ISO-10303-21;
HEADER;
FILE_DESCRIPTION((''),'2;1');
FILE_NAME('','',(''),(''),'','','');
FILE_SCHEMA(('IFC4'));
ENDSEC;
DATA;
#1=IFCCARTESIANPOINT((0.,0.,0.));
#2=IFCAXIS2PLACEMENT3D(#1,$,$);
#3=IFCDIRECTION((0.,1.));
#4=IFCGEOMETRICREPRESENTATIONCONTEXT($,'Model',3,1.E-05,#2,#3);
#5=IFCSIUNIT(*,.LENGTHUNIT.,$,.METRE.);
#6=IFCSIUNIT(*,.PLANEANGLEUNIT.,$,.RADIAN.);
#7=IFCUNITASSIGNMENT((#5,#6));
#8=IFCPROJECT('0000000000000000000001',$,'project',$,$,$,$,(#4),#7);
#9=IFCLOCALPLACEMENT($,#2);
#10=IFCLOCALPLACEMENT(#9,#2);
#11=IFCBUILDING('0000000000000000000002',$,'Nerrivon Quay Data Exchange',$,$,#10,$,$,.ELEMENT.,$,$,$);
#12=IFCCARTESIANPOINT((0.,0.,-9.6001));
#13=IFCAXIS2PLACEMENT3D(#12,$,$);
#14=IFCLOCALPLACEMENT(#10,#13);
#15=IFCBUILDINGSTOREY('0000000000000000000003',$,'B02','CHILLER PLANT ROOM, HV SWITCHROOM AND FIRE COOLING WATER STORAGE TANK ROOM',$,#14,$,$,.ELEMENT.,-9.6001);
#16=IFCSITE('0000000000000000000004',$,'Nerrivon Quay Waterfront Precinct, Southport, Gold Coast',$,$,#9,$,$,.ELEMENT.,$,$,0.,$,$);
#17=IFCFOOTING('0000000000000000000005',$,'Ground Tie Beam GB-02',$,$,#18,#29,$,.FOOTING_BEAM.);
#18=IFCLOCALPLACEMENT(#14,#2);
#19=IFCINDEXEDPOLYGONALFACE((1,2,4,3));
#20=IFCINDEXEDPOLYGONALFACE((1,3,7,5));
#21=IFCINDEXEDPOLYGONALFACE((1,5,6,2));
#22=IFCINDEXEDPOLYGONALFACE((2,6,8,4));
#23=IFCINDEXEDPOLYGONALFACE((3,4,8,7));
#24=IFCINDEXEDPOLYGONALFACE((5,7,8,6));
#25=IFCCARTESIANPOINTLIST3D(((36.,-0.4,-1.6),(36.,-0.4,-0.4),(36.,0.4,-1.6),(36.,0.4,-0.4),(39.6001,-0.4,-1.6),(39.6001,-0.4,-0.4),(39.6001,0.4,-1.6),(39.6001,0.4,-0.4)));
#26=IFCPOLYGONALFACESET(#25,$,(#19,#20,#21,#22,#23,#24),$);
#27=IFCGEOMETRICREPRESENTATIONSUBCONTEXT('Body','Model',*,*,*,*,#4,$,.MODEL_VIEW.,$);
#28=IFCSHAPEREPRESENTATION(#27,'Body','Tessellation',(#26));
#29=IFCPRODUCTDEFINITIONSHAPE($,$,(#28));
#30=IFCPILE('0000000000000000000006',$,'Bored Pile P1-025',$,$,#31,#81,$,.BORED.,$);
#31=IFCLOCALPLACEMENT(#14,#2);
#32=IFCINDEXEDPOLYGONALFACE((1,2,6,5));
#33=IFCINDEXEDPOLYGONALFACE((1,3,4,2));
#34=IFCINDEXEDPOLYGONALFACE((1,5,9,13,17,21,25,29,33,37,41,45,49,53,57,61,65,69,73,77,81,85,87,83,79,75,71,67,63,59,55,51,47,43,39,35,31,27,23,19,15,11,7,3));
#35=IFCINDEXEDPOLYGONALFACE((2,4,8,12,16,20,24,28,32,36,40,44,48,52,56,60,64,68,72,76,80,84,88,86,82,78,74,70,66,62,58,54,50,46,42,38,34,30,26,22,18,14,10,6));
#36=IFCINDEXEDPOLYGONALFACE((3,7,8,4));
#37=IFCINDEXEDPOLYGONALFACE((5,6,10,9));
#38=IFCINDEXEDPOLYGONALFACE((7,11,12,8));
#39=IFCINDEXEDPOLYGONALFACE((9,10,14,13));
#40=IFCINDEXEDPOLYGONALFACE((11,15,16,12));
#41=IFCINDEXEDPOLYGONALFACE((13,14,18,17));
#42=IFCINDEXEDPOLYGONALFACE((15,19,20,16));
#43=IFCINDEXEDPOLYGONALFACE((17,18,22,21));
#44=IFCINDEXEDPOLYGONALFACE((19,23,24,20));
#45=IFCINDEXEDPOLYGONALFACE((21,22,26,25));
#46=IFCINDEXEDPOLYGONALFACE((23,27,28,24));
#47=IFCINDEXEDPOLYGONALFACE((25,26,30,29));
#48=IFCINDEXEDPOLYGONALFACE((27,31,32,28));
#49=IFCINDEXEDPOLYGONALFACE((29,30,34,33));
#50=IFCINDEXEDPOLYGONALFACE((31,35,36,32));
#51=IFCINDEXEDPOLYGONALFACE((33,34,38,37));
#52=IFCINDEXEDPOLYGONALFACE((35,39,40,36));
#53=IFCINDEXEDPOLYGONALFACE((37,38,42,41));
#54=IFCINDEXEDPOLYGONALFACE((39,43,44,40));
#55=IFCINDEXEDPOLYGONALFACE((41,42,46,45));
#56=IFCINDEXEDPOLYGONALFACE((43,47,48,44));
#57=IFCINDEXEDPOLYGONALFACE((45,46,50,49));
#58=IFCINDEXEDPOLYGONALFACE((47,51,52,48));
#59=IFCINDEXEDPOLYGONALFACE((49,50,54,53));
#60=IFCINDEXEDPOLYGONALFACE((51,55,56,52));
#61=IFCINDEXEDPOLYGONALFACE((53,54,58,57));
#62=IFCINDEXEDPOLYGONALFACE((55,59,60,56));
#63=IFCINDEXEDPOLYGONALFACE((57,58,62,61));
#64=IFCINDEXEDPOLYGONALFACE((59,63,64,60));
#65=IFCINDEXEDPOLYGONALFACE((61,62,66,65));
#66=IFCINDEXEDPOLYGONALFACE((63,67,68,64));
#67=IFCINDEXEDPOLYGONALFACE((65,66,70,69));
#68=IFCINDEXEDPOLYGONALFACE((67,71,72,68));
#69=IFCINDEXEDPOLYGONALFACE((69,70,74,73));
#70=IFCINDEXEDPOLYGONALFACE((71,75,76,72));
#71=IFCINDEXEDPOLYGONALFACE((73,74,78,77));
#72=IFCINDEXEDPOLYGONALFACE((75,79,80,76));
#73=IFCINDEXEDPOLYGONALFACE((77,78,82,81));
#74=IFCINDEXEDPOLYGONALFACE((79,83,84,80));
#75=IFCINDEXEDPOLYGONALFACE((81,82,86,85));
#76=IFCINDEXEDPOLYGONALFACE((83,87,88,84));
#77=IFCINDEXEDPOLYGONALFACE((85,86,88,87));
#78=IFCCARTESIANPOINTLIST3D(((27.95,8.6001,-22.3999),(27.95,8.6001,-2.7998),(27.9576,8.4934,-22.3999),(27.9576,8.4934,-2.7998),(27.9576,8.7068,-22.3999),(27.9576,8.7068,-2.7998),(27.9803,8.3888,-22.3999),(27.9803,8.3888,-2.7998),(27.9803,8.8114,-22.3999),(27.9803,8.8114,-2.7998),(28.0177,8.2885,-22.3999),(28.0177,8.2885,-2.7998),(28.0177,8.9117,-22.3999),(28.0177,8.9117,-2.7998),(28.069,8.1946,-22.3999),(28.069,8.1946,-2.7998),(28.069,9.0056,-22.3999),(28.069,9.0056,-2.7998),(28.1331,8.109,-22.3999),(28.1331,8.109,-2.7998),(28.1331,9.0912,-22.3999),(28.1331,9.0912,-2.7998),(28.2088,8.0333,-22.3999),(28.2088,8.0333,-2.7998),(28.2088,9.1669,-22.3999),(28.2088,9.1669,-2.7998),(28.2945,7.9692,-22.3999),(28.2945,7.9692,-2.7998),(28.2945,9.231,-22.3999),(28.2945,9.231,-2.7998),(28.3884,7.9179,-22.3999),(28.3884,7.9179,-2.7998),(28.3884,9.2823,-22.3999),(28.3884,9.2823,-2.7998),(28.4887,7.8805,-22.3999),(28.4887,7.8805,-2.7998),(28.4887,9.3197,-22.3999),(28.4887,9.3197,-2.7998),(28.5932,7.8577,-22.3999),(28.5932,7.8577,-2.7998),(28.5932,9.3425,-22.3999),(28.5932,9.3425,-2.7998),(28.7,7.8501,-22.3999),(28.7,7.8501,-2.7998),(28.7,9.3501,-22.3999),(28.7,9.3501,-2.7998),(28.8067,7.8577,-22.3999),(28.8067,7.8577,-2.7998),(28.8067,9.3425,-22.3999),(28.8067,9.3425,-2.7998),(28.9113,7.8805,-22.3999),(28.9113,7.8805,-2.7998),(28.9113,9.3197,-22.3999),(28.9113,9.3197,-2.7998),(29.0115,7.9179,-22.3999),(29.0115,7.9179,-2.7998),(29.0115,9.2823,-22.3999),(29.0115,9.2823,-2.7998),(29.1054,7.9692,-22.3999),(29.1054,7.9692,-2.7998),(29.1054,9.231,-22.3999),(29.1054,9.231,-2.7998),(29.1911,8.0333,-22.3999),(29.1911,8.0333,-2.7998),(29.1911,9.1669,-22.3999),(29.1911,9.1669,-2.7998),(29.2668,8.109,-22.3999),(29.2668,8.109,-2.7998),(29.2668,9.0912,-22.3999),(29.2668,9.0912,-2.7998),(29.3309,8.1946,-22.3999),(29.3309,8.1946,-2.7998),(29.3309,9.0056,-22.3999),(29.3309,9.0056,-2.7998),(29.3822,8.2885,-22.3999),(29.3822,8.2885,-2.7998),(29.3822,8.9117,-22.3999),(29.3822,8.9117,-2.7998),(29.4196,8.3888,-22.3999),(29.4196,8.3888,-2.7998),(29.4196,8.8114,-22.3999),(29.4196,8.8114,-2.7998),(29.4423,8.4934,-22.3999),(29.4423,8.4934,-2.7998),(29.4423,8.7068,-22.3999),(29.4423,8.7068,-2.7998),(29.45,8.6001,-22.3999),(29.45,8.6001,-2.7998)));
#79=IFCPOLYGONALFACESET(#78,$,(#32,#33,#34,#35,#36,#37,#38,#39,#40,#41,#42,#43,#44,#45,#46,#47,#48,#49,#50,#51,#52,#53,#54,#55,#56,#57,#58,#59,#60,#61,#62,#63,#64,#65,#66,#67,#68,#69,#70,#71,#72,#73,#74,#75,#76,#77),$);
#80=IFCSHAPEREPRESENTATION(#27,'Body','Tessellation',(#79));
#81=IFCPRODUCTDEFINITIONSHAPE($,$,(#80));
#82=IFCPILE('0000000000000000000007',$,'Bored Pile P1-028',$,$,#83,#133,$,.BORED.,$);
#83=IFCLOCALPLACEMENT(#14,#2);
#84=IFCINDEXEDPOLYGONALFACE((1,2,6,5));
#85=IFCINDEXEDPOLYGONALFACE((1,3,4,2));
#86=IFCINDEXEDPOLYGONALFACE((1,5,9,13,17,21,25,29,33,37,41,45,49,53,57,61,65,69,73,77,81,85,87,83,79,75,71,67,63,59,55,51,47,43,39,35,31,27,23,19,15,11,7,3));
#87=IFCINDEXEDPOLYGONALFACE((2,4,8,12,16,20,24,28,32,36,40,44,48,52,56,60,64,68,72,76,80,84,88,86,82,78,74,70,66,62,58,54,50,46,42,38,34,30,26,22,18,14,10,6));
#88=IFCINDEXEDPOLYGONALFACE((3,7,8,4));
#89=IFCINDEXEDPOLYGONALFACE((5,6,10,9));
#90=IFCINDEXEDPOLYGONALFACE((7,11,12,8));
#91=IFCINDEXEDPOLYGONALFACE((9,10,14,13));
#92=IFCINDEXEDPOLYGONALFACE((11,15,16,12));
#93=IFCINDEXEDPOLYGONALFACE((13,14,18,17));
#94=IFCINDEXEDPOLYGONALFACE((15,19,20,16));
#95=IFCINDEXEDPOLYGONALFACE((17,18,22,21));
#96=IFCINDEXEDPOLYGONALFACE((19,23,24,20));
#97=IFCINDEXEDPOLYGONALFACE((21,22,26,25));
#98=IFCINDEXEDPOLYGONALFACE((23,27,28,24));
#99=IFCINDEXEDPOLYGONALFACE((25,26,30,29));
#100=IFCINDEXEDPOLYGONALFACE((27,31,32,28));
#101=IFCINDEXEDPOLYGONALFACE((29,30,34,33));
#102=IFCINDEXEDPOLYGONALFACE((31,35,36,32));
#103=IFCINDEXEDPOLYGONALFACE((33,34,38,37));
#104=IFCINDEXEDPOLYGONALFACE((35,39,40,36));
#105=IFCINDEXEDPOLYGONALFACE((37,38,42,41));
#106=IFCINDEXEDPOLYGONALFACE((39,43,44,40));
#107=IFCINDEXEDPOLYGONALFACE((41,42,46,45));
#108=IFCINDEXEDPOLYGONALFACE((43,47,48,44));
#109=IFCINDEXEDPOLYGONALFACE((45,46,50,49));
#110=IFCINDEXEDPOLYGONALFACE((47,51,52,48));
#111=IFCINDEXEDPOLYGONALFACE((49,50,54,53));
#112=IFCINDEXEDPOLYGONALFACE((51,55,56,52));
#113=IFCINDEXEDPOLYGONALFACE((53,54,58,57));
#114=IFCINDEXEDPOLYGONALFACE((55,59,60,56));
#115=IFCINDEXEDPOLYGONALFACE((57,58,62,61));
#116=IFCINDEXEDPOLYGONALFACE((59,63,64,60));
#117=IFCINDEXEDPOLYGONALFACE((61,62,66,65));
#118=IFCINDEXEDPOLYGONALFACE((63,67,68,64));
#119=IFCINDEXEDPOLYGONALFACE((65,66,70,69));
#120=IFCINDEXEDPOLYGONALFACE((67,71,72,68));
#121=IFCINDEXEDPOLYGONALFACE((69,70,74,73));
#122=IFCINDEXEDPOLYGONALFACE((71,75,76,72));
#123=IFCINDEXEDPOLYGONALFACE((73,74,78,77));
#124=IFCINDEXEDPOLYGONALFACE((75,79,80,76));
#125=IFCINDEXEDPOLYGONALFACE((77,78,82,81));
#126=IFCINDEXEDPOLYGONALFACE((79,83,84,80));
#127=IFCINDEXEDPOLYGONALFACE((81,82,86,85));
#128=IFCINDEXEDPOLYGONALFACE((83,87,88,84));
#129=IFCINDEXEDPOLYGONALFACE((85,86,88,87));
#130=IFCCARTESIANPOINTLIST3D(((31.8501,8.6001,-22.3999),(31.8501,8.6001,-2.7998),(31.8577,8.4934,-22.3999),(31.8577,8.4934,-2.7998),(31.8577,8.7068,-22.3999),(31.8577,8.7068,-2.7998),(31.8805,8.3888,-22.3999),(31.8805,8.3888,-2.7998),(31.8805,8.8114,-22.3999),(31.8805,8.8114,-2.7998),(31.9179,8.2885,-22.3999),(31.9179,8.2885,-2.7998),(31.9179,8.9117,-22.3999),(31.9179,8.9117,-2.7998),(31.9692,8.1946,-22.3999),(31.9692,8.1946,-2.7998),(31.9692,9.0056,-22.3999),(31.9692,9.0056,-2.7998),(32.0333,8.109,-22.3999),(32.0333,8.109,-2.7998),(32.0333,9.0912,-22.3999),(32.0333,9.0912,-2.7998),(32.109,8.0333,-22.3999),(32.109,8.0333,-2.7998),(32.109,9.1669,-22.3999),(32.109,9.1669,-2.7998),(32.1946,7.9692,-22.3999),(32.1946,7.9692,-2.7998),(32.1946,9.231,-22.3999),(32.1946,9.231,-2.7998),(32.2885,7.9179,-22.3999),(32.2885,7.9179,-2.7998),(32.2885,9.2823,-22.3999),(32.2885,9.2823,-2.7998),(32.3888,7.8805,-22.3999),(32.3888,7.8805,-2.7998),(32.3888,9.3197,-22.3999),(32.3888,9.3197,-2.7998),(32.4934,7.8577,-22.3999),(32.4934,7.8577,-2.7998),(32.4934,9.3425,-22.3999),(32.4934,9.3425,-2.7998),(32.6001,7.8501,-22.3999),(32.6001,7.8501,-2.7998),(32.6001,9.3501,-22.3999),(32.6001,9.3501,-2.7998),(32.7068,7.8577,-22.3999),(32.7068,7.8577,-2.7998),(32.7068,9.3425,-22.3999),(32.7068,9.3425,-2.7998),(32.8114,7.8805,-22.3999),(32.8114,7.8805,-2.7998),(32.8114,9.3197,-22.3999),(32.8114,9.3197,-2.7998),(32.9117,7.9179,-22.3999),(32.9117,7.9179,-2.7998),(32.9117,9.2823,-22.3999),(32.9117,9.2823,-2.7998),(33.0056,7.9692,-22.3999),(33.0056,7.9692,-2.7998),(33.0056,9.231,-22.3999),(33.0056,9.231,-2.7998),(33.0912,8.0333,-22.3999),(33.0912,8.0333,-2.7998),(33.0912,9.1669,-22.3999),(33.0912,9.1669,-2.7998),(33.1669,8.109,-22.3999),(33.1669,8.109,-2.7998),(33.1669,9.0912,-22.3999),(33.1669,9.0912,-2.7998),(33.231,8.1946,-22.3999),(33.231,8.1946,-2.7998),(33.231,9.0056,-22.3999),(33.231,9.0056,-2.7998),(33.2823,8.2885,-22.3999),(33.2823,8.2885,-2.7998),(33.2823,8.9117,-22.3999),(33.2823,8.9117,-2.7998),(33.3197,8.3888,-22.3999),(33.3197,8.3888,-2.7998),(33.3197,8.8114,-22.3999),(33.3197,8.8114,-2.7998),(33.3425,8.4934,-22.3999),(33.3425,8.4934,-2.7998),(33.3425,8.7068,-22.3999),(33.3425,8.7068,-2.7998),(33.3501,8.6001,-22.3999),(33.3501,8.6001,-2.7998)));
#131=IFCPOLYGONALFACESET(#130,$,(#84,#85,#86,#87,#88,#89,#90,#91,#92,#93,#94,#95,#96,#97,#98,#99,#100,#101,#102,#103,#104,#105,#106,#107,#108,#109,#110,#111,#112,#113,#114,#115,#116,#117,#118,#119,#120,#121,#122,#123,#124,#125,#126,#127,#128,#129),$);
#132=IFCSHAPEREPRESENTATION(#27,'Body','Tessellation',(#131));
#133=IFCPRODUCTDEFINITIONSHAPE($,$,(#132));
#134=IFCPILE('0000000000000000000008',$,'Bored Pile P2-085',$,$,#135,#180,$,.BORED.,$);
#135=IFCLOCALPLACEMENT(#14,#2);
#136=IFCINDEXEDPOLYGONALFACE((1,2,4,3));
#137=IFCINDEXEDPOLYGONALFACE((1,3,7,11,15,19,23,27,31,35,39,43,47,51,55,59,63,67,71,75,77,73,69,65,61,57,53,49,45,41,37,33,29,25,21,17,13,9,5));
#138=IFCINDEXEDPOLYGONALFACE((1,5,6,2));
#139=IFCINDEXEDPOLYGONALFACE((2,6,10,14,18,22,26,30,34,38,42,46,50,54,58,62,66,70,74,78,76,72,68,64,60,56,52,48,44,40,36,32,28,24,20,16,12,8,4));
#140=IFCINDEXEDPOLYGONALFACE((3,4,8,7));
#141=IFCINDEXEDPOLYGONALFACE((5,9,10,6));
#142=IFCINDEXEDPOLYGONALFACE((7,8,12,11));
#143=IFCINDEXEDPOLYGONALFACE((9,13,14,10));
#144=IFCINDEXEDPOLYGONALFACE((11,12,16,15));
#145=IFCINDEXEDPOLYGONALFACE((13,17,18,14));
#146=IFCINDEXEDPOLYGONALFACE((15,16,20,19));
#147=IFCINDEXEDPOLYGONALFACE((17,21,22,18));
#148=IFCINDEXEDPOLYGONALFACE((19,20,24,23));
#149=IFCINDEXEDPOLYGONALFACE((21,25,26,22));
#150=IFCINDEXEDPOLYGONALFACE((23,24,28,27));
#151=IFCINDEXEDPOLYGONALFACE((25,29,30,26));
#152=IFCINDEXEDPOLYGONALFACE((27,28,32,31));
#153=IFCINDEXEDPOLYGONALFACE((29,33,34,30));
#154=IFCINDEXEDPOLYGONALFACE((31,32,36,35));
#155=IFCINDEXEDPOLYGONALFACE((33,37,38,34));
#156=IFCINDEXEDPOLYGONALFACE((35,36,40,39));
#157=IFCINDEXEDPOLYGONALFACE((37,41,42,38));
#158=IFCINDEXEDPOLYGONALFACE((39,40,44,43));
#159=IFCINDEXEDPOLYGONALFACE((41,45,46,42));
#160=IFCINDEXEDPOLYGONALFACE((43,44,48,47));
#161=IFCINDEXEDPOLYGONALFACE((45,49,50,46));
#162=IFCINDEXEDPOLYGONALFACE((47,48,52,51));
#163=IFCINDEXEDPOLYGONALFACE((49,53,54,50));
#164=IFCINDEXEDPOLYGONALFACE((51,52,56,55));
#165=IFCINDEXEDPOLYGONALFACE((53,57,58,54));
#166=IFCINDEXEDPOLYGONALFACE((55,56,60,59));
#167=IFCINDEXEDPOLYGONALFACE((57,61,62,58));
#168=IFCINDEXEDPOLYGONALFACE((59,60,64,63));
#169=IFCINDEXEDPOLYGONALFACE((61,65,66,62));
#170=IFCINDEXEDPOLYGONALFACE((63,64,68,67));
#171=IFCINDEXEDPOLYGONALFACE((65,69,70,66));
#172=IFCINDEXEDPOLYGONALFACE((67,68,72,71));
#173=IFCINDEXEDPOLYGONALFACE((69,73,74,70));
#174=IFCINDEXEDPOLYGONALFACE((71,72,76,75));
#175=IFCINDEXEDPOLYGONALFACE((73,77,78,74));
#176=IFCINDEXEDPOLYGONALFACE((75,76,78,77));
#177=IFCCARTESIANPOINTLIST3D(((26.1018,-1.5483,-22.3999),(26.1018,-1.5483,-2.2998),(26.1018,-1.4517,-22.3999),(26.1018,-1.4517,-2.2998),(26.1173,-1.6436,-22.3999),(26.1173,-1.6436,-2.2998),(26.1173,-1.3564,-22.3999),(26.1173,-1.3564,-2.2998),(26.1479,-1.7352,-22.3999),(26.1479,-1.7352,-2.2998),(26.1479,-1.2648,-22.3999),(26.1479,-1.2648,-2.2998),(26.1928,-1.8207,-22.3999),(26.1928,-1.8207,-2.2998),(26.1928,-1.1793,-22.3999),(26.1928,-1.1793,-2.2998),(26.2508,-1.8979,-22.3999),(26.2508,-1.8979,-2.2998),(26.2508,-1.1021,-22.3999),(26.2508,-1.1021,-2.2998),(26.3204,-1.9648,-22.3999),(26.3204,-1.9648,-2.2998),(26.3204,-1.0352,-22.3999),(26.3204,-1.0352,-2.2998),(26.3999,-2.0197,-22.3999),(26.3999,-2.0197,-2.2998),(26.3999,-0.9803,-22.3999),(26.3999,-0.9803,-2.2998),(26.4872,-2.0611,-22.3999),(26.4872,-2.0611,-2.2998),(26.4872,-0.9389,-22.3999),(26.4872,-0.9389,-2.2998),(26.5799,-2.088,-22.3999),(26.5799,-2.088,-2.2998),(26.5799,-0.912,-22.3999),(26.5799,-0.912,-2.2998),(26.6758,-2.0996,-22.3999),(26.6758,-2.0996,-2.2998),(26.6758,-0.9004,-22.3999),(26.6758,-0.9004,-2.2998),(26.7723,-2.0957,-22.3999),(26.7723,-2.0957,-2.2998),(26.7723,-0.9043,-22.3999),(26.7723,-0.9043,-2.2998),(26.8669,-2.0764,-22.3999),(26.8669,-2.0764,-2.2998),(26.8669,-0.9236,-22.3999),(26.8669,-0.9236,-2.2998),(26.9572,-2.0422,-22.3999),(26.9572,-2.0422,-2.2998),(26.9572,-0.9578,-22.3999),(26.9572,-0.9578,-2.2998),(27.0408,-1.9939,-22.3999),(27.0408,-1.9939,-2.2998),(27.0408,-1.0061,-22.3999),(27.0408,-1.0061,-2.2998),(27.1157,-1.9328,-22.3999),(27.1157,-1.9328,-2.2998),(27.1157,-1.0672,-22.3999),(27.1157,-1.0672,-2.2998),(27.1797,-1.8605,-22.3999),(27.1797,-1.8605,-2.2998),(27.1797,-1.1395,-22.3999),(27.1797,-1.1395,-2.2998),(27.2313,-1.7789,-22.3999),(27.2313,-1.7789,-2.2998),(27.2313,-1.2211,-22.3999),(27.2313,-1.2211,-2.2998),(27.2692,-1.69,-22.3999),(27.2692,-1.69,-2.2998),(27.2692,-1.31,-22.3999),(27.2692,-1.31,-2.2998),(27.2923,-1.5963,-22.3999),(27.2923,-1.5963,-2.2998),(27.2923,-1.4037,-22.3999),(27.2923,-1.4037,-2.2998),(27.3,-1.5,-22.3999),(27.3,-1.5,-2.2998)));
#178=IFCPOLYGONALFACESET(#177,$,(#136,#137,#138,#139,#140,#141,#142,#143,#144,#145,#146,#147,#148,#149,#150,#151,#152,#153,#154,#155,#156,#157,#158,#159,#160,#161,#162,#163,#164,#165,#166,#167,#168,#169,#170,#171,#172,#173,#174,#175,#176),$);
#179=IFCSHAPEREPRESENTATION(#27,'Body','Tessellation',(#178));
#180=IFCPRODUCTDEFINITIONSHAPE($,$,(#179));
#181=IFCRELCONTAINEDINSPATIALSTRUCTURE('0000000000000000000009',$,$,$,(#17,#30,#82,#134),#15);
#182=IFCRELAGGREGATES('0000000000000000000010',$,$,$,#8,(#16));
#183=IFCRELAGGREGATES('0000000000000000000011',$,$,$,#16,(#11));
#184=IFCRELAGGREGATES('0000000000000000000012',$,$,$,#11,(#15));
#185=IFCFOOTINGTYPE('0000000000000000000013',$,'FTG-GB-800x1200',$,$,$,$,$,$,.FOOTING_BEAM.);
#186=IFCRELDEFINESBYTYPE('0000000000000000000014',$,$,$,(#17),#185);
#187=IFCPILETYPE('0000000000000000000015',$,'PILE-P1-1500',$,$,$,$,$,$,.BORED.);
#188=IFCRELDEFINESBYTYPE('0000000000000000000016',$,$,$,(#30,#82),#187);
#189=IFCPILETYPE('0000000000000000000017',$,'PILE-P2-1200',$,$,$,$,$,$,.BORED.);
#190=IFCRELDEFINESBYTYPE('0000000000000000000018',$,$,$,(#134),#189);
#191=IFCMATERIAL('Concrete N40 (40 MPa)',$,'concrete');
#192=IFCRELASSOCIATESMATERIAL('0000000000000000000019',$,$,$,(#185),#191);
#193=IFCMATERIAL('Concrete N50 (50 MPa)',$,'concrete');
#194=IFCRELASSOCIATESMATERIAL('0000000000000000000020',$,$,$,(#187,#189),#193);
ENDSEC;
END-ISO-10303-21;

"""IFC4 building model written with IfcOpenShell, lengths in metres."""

from ifc_helpers import new_model, si_unit, direction, frame, origin, origin_2d, place, context, subcontext, project, spatial, rectangle, circle, extrude, material, material_profile, profile_set, type_object, element, save


model = new_model("IFC4")

# Units and contexts
model_context = context("Model", 3, precision=1e-05, world=origin(), true_north=direction((0.0, 1.0)))
body_context = subcontext(model_context, "Body", "Model", "MODEL_VIEW")
ifc_project = project(units=[si_unit("LENGTHUNIT", "METRE"), si_unit("PLANEANGLEUNIT", "RADIAN")], contexts=[model_context])

# Site, building, storey
site_placement = place(None, origin())
site = spatial("IfcSite", under=ifc_project, at=site_placement, Name="Nerrivon Quay Waterfront Precinct, Southport, Gold Coast", CompositionType="ELEMENT", RefElevation=0.0)
building_placement = place(site_placement, origin())
building = spatial("IfcBuilding", under=site, at=building_placement, Name="Nerrivon Quay Data Exchange", CompositionType="ELEMENT")
storey_placement = place(building_placement, frame((0.0, 0.0, -9.6001)))
storey = spatial("IfcBuildingStorey", under=building, at=storey_placement, Name="B02", Description="CHILLER PLANT ROOM, HV SWITCHROOM AND FIRE COOLING WATER STORAGE TANK ROOM", CompositionType="ELEMENT", Elevation=-9.6001)

# Footing
ifc_material_1 = material(Name="Concrete N40 (40 MPa)", Category="concrete")
ifc_material_profile_1 = material_profile(ifc_material_1, rectangle(XDim=0.8, YDim=1.2, at=origin_2d()), Name="RC-GB-800x1200")
ifc_profile_set_1 = profile_set([ifc_material_profile_1], Name="Concrete N40 (40 MPa)")
footing_type = type_object("IfcFootingType", Name="FTG-GB-800x1200", PredefinedType="FOOTING_BEAM", material=ifc_profile_set_1)
footing_placement = place(storey_placement, frame((36.0, 0.0, -1.0), z_axis=(1.0, 0.0, 0.0), x_axis=(0.0, 1.0, 0.0)))
element("IfcFooting", 1, at=footing_placement, inside=storey, type_object=footing_type, Name="Ground Tie Beam GB-02", PredefinedType="FOOTING_BEAM", context=body_context, shape_type="SweptSolid", body=[
    extrude(rectangle(XDim=0.8, YDim=1.2, at=origin_2d()), origin(), (0.0, 0.0, 1.0), 3.6001),
])

# Piles
ifc_material_2 = material(Name="Concrete N50 (50 MPa)", Category="concrete")
ifc_material_profile_2 = material_profile(ifc_material_2, circle(Radius=0.75, at=origin_2d()), Name="PILE-1500")
ifc_profile_set_2 = profile_set([ifc_material_profile_2], Name="Concrete N50 (50 MPa)")
pile_type_1 = type_object("IfcPileType", Name="PILE-P1-1500", PredefinedType="BORED", material=ifc_profile_set_2)
for number, where, z_axis, x_axis, name in (
    (2, (28.7, 8.6001, -2.7998), (0.0, 0.0, -1.0), (1.0, 0.0, 0.0), "Bored Pile P1-025"),
    (3, (32.6001, 8.6001, -2.7998), (0.0, 0.0, -1.0), (1.0, 0.0, 0.0), "Bored Pile P1-028"),
):
    element("IfcPile", number, at=place(storey_placement, frame(where, z_axis=z_axis, x_axis=x_axis)), inside=storey, type_object=pile_type_1, Name=name, PredefinedType="BORED", context=body_context, shape_type="SweptSolid", body=[
        extrude(circle(Radius=0.75, at=origin_2d()), origin(), (0.0, 0.0, 1.0), 19.6001),
    ])
ifc_material_profile_3 = material_profile(ifc_material_2, circle(Radius=0.6001, at=origin_2d()), Name="PILE-1200")
ifc_profile_set_3 = profile_set([ifc_material_profile_3], Name="Concrete N50 (50 MPa)")
pile_type_2 = type_object("IfcPileType", Name="PILE-P2-1200", PredefinedType="BORED", material=ifc_profile_set_3)
for number, where, z_axis, x_axis, name in (
    (4, (26.7, -1.5, -2.2998), (0.0, 0.0, -1.0), (1.0, 0.0, 0.0), "Bored Pile P2-085"),
):
    element("IfcPile", number, at=place(storey_placement, frame(where, z_axis=z_axis, x_axis=x_axis)), inside=storey, type_object=pile_type_2, Name=name, PredefinedType="BORED", context=body_context, shape_type="SweptSolid", body=[
        extrude(circle(Radius=0.6001, at=origin_2d()), origin(), (0.0, 0.0, 1.0), 20.1001),
    ])

save(model, "model.ifc")
